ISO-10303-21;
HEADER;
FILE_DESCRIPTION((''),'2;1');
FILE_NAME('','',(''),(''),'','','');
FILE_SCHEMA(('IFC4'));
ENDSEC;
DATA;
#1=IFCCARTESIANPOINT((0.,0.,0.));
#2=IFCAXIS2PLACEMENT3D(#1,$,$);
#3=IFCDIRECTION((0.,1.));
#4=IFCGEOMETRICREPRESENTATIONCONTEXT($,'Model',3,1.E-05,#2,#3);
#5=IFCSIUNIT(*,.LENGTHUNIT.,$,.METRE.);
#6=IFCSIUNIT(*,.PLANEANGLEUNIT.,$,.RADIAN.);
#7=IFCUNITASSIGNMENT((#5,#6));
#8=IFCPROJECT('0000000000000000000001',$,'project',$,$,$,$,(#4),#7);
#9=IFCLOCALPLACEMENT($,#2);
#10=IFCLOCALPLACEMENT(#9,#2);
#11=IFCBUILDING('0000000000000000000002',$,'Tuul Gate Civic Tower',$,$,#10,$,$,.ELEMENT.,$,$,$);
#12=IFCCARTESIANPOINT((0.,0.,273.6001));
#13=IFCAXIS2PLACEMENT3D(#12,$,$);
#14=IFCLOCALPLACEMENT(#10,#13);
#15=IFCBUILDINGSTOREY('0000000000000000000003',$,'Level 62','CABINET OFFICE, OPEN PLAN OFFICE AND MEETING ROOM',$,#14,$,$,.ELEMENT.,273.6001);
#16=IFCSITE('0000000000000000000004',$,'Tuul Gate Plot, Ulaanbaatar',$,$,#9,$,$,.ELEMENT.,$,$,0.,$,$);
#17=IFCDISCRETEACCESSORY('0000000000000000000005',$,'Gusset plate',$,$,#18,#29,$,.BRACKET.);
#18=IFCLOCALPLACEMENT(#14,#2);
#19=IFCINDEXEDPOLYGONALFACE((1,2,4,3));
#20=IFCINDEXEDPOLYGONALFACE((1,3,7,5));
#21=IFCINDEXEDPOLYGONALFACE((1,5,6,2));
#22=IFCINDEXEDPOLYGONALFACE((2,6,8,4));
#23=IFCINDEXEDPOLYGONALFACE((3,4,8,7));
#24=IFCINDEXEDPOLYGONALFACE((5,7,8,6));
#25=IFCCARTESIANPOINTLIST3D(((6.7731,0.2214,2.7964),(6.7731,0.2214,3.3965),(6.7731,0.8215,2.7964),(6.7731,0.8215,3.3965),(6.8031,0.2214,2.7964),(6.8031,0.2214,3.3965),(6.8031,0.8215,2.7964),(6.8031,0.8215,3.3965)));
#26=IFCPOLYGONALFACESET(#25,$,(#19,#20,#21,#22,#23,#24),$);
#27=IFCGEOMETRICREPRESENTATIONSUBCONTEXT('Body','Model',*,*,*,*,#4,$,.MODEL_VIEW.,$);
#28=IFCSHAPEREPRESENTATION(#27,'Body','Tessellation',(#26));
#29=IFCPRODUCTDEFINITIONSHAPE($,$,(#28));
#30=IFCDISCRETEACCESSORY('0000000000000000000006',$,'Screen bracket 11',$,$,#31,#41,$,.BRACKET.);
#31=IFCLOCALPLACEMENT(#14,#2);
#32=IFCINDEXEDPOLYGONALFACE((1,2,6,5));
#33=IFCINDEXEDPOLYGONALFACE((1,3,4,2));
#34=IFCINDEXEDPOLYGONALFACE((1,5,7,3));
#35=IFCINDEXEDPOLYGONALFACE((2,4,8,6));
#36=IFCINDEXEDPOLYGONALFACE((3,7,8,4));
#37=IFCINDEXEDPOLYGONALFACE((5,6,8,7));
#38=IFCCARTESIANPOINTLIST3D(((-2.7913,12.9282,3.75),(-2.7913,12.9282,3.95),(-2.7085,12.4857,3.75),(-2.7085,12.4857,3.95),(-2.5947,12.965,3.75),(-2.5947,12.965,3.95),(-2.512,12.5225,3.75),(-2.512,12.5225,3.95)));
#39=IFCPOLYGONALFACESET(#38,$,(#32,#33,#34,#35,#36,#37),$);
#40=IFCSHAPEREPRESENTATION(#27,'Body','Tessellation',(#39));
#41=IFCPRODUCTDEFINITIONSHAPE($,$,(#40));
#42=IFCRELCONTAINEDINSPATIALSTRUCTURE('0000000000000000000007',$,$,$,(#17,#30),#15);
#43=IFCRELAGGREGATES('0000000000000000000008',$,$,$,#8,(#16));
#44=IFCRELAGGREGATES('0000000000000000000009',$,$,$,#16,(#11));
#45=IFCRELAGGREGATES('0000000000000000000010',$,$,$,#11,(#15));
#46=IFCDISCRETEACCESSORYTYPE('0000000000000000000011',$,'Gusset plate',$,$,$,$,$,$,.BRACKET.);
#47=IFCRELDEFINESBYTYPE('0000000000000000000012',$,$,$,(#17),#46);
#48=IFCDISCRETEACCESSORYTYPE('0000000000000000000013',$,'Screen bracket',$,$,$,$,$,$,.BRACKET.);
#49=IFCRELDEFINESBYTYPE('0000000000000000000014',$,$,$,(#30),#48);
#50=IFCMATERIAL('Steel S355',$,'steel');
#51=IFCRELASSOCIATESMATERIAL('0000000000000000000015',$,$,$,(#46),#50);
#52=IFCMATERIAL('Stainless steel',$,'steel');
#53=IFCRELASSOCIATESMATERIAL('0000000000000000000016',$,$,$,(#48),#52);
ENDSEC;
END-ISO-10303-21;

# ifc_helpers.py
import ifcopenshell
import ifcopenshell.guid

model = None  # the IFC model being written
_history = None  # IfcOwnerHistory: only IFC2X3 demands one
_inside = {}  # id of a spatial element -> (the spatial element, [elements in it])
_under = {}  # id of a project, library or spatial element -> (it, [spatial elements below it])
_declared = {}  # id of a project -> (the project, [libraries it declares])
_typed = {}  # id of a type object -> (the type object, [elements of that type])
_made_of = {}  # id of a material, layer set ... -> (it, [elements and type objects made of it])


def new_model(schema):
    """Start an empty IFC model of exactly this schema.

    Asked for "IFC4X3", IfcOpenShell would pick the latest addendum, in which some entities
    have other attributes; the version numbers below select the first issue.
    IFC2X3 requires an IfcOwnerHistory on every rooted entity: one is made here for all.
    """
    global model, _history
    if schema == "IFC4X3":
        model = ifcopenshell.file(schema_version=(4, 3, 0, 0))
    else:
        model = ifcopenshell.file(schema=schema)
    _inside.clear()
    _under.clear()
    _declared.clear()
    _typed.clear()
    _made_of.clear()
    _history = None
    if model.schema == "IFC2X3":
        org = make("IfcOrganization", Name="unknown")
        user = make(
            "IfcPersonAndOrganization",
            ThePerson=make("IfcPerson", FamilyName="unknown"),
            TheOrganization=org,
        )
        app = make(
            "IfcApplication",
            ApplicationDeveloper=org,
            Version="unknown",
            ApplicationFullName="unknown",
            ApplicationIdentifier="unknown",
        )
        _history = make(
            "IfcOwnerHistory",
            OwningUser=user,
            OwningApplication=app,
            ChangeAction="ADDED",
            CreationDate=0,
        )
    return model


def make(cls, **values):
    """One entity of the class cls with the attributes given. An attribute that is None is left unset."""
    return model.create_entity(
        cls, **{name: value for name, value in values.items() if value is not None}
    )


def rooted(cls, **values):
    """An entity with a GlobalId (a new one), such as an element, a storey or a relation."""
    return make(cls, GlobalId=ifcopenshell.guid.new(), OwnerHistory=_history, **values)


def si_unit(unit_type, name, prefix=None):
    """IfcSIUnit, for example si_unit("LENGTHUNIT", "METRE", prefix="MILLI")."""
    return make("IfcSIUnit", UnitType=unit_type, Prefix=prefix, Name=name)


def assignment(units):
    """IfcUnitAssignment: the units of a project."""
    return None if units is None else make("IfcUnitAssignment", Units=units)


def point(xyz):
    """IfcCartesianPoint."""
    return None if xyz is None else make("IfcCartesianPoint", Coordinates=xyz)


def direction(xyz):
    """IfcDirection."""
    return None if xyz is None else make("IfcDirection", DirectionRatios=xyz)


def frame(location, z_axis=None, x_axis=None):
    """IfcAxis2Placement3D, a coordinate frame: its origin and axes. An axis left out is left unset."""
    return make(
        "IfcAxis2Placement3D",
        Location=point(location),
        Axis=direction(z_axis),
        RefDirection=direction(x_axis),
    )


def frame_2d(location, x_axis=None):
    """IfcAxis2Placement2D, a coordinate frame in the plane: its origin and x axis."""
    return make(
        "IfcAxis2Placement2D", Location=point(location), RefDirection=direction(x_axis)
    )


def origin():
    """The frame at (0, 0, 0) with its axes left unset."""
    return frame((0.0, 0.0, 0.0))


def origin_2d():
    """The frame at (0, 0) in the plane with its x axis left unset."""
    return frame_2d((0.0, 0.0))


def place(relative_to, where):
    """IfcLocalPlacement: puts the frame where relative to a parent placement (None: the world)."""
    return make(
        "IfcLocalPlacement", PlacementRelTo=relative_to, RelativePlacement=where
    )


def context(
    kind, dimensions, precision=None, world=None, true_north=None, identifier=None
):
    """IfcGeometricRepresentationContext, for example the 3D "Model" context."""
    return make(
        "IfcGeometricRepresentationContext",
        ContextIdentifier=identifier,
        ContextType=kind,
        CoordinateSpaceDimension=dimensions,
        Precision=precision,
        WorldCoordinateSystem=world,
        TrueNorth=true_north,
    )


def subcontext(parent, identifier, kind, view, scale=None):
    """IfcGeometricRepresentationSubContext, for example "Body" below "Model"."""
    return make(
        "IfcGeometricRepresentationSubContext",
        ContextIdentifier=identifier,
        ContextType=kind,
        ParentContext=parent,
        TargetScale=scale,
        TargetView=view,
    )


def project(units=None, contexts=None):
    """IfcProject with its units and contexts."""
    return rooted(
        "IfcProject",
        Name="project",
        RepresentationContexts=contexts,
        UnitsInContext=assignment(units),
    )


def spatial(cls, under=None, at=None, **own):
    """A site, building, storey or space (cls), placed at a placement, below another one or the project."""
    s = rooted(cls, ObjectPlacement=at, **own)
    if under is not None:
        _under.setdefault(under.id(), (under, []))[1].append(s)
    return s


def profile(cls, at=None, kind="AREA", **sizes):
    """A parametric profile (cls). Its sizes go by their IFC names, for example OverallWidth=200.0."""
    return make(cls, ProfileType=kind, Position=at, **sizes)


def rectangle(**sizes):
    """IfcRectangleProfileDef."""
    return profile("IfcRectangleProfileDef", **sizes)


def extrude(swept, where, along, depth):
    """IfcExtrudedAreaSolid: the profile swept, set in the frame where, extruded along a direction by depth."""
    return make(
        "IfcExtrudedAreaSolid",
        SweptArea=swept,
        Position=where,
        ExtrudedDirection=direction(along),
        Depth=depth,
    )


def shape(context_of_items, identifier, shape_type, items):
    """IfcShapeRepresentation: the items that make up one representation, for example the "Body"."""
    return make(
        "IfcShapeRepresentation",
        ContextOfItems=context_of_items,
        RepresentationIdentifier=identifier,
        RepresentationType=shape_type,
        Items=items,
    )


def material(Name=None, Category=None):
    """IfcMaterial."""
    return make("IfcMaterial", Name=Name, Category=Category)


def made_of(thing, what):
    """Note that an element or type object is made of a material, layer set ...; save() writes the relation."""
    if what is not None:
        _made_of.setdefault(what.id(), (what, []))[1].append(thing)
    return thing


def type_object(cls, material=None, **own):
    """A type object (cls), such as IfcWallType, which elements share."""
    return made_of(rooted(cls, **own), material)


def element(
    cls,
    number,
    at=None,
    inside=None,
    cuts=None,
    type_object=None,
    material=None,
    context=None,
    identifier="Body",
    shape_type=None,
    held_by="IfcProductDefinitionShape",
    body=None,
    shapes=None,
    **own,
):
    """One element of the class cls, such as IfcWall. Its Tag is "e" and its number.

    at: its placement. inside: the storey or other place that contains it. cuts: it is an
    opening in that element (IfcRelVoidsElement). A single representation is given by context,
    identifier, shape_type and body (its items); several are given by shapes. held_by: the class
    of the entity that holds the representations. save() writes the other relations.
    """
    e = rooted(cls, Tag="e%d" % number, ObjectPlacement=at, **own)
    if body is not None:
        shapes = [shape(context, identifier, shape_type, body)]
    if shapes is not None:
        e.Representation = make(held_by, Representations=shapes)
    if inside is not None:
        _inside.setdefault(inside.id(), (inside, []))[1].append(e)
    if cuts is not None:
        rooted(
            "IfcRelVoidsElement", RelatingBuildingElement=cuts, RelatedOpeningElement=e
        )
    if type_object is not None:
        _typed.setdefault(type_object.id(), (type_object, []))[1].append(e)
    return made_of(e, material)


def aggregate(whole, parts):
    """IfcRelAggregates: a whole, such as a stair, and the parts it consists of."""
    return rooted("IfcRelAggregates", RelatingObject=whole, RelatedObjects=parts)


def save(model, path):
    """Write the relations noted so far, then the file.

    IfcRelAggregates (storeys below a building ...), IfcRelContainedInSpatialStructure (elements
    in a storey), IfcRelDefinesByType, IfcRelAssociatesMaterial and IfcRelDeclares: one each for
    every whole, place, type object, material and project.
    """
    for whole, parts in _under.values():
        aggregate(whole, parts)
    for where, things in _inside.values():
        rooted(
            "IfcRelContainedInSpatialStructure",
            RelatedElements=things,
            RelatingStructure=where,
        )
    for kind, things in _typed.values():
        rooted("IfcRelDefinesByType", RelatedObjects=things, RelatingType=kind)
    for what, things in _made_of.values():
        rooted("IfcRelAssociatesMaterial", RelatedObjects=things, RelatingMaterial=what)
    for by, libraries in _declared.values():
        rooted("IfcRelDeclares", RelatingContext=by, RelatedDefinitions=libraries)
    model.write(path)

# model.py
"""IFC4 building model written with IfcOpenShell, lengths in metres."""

from ifc_helpers import new_model, si_unit, direction, frame, origin, origin_2d, place, context, subcontext, project, spatial, rectangle, extrude, material, type_object, element, save


model = new_model("IFC4")

# Units and contexts
model_context = context("Model", 3, precision=1e-05, world=origin(), true_north=direction((0.0, 1.0)))
body_context = subcontext(model_context, "Body", "Model", "MODEL_VIEW")
ifc_project = project(units=[si_unit("LENGTHUNIT", "METRE"), si_unit("PLANEANGLEUNIT", "RADIAN")], contexts=[model_context])

# Site, building, storey
site_placement = place(None, origin())
site = spatial("IfcSite", under=ifc_project, at=site_placement, Name="Tuul Gate Plot, Ulaanbaatar", CompositionType="ELEMENT", RefElevation=0.0)
building_placement = place(site_placement, origin())
building = spatial("IfcBuilding", under=site, at=building_placement, Name="Tuul Gate Civic Tower", CompositionType="ELEMENT")
storey_placement = place(building_placement, frame((0.0, 0.0, 273.6001)))
storey = spatial("IfcBuildingStorey", under=building, at=storey_placement, Name="Level 62", Description="CABINET OFFICE, OPEN PLAN OFFICE AND MEETING ROOM", CompositionType="ELEMENT", Elevation=273.6001)

# Discrete accessories
ifc_material_1 = material(Name="Steel S355", Category="steel")
discrete_accessory_type_1 = type_object("IfcDiscreteAccessoryType", Name="Gusset plate", PredefinedType="BRACKET", material=ifc_material_1)
discrete_accessory_1_placement = place(storey_placement, frame((6.7881, 0.5215, 2.7964), z_axis=(0.0, 0.0, 1.0), x_axis=(0.0, 1.0, 0.0)))
element("IfcDiscreteAccessory", 1, at=discrete_accessory_1_placement, inside=storey, type_object=discrete_accessory_type_1, Name="Gusset plate", PredefinedType="BRACKET", context=body_context, shape_type="SweptSolid", body=[
    extrude(rectangle(XDim=0.6001, YDim=0.03, at=origin_2d()), origin(), (0.0, 0.0, 1.0), 0.6001),
])
ifc_material_2 = material(Name="Stainless steel", Category="steel")
discrete_accessory_type_2 = type_object("IfcDiscreteAccessoryType", Name="Screen bracket", PredefinedType="BRACKET", material=ifc_material_2)
discrete_accessory_2_placement = place(storey_placement, frame((-2.6516, 12.7253, 3.75), z_axis=(0.0, 0.0, 1.0), x_axis=(-0.18386, 0.982952, 0.0)))
element("IfcDiscreteAccessory", 2, at=discrete_accessory_2_placement, inside=storey, type_object=discrete_accessory_type_2, Name="Screen bracket 11", PredefinedType="BRACKET", context=body_context, shape_type="SweptSolid", body=[
    extrude(rectangle(XDim=0.4502, YDim=0.2, at=origin_2d()), origin(), (0.0, 0.0, 1.0), 0.2),
])

save(model, "model.ifc")
